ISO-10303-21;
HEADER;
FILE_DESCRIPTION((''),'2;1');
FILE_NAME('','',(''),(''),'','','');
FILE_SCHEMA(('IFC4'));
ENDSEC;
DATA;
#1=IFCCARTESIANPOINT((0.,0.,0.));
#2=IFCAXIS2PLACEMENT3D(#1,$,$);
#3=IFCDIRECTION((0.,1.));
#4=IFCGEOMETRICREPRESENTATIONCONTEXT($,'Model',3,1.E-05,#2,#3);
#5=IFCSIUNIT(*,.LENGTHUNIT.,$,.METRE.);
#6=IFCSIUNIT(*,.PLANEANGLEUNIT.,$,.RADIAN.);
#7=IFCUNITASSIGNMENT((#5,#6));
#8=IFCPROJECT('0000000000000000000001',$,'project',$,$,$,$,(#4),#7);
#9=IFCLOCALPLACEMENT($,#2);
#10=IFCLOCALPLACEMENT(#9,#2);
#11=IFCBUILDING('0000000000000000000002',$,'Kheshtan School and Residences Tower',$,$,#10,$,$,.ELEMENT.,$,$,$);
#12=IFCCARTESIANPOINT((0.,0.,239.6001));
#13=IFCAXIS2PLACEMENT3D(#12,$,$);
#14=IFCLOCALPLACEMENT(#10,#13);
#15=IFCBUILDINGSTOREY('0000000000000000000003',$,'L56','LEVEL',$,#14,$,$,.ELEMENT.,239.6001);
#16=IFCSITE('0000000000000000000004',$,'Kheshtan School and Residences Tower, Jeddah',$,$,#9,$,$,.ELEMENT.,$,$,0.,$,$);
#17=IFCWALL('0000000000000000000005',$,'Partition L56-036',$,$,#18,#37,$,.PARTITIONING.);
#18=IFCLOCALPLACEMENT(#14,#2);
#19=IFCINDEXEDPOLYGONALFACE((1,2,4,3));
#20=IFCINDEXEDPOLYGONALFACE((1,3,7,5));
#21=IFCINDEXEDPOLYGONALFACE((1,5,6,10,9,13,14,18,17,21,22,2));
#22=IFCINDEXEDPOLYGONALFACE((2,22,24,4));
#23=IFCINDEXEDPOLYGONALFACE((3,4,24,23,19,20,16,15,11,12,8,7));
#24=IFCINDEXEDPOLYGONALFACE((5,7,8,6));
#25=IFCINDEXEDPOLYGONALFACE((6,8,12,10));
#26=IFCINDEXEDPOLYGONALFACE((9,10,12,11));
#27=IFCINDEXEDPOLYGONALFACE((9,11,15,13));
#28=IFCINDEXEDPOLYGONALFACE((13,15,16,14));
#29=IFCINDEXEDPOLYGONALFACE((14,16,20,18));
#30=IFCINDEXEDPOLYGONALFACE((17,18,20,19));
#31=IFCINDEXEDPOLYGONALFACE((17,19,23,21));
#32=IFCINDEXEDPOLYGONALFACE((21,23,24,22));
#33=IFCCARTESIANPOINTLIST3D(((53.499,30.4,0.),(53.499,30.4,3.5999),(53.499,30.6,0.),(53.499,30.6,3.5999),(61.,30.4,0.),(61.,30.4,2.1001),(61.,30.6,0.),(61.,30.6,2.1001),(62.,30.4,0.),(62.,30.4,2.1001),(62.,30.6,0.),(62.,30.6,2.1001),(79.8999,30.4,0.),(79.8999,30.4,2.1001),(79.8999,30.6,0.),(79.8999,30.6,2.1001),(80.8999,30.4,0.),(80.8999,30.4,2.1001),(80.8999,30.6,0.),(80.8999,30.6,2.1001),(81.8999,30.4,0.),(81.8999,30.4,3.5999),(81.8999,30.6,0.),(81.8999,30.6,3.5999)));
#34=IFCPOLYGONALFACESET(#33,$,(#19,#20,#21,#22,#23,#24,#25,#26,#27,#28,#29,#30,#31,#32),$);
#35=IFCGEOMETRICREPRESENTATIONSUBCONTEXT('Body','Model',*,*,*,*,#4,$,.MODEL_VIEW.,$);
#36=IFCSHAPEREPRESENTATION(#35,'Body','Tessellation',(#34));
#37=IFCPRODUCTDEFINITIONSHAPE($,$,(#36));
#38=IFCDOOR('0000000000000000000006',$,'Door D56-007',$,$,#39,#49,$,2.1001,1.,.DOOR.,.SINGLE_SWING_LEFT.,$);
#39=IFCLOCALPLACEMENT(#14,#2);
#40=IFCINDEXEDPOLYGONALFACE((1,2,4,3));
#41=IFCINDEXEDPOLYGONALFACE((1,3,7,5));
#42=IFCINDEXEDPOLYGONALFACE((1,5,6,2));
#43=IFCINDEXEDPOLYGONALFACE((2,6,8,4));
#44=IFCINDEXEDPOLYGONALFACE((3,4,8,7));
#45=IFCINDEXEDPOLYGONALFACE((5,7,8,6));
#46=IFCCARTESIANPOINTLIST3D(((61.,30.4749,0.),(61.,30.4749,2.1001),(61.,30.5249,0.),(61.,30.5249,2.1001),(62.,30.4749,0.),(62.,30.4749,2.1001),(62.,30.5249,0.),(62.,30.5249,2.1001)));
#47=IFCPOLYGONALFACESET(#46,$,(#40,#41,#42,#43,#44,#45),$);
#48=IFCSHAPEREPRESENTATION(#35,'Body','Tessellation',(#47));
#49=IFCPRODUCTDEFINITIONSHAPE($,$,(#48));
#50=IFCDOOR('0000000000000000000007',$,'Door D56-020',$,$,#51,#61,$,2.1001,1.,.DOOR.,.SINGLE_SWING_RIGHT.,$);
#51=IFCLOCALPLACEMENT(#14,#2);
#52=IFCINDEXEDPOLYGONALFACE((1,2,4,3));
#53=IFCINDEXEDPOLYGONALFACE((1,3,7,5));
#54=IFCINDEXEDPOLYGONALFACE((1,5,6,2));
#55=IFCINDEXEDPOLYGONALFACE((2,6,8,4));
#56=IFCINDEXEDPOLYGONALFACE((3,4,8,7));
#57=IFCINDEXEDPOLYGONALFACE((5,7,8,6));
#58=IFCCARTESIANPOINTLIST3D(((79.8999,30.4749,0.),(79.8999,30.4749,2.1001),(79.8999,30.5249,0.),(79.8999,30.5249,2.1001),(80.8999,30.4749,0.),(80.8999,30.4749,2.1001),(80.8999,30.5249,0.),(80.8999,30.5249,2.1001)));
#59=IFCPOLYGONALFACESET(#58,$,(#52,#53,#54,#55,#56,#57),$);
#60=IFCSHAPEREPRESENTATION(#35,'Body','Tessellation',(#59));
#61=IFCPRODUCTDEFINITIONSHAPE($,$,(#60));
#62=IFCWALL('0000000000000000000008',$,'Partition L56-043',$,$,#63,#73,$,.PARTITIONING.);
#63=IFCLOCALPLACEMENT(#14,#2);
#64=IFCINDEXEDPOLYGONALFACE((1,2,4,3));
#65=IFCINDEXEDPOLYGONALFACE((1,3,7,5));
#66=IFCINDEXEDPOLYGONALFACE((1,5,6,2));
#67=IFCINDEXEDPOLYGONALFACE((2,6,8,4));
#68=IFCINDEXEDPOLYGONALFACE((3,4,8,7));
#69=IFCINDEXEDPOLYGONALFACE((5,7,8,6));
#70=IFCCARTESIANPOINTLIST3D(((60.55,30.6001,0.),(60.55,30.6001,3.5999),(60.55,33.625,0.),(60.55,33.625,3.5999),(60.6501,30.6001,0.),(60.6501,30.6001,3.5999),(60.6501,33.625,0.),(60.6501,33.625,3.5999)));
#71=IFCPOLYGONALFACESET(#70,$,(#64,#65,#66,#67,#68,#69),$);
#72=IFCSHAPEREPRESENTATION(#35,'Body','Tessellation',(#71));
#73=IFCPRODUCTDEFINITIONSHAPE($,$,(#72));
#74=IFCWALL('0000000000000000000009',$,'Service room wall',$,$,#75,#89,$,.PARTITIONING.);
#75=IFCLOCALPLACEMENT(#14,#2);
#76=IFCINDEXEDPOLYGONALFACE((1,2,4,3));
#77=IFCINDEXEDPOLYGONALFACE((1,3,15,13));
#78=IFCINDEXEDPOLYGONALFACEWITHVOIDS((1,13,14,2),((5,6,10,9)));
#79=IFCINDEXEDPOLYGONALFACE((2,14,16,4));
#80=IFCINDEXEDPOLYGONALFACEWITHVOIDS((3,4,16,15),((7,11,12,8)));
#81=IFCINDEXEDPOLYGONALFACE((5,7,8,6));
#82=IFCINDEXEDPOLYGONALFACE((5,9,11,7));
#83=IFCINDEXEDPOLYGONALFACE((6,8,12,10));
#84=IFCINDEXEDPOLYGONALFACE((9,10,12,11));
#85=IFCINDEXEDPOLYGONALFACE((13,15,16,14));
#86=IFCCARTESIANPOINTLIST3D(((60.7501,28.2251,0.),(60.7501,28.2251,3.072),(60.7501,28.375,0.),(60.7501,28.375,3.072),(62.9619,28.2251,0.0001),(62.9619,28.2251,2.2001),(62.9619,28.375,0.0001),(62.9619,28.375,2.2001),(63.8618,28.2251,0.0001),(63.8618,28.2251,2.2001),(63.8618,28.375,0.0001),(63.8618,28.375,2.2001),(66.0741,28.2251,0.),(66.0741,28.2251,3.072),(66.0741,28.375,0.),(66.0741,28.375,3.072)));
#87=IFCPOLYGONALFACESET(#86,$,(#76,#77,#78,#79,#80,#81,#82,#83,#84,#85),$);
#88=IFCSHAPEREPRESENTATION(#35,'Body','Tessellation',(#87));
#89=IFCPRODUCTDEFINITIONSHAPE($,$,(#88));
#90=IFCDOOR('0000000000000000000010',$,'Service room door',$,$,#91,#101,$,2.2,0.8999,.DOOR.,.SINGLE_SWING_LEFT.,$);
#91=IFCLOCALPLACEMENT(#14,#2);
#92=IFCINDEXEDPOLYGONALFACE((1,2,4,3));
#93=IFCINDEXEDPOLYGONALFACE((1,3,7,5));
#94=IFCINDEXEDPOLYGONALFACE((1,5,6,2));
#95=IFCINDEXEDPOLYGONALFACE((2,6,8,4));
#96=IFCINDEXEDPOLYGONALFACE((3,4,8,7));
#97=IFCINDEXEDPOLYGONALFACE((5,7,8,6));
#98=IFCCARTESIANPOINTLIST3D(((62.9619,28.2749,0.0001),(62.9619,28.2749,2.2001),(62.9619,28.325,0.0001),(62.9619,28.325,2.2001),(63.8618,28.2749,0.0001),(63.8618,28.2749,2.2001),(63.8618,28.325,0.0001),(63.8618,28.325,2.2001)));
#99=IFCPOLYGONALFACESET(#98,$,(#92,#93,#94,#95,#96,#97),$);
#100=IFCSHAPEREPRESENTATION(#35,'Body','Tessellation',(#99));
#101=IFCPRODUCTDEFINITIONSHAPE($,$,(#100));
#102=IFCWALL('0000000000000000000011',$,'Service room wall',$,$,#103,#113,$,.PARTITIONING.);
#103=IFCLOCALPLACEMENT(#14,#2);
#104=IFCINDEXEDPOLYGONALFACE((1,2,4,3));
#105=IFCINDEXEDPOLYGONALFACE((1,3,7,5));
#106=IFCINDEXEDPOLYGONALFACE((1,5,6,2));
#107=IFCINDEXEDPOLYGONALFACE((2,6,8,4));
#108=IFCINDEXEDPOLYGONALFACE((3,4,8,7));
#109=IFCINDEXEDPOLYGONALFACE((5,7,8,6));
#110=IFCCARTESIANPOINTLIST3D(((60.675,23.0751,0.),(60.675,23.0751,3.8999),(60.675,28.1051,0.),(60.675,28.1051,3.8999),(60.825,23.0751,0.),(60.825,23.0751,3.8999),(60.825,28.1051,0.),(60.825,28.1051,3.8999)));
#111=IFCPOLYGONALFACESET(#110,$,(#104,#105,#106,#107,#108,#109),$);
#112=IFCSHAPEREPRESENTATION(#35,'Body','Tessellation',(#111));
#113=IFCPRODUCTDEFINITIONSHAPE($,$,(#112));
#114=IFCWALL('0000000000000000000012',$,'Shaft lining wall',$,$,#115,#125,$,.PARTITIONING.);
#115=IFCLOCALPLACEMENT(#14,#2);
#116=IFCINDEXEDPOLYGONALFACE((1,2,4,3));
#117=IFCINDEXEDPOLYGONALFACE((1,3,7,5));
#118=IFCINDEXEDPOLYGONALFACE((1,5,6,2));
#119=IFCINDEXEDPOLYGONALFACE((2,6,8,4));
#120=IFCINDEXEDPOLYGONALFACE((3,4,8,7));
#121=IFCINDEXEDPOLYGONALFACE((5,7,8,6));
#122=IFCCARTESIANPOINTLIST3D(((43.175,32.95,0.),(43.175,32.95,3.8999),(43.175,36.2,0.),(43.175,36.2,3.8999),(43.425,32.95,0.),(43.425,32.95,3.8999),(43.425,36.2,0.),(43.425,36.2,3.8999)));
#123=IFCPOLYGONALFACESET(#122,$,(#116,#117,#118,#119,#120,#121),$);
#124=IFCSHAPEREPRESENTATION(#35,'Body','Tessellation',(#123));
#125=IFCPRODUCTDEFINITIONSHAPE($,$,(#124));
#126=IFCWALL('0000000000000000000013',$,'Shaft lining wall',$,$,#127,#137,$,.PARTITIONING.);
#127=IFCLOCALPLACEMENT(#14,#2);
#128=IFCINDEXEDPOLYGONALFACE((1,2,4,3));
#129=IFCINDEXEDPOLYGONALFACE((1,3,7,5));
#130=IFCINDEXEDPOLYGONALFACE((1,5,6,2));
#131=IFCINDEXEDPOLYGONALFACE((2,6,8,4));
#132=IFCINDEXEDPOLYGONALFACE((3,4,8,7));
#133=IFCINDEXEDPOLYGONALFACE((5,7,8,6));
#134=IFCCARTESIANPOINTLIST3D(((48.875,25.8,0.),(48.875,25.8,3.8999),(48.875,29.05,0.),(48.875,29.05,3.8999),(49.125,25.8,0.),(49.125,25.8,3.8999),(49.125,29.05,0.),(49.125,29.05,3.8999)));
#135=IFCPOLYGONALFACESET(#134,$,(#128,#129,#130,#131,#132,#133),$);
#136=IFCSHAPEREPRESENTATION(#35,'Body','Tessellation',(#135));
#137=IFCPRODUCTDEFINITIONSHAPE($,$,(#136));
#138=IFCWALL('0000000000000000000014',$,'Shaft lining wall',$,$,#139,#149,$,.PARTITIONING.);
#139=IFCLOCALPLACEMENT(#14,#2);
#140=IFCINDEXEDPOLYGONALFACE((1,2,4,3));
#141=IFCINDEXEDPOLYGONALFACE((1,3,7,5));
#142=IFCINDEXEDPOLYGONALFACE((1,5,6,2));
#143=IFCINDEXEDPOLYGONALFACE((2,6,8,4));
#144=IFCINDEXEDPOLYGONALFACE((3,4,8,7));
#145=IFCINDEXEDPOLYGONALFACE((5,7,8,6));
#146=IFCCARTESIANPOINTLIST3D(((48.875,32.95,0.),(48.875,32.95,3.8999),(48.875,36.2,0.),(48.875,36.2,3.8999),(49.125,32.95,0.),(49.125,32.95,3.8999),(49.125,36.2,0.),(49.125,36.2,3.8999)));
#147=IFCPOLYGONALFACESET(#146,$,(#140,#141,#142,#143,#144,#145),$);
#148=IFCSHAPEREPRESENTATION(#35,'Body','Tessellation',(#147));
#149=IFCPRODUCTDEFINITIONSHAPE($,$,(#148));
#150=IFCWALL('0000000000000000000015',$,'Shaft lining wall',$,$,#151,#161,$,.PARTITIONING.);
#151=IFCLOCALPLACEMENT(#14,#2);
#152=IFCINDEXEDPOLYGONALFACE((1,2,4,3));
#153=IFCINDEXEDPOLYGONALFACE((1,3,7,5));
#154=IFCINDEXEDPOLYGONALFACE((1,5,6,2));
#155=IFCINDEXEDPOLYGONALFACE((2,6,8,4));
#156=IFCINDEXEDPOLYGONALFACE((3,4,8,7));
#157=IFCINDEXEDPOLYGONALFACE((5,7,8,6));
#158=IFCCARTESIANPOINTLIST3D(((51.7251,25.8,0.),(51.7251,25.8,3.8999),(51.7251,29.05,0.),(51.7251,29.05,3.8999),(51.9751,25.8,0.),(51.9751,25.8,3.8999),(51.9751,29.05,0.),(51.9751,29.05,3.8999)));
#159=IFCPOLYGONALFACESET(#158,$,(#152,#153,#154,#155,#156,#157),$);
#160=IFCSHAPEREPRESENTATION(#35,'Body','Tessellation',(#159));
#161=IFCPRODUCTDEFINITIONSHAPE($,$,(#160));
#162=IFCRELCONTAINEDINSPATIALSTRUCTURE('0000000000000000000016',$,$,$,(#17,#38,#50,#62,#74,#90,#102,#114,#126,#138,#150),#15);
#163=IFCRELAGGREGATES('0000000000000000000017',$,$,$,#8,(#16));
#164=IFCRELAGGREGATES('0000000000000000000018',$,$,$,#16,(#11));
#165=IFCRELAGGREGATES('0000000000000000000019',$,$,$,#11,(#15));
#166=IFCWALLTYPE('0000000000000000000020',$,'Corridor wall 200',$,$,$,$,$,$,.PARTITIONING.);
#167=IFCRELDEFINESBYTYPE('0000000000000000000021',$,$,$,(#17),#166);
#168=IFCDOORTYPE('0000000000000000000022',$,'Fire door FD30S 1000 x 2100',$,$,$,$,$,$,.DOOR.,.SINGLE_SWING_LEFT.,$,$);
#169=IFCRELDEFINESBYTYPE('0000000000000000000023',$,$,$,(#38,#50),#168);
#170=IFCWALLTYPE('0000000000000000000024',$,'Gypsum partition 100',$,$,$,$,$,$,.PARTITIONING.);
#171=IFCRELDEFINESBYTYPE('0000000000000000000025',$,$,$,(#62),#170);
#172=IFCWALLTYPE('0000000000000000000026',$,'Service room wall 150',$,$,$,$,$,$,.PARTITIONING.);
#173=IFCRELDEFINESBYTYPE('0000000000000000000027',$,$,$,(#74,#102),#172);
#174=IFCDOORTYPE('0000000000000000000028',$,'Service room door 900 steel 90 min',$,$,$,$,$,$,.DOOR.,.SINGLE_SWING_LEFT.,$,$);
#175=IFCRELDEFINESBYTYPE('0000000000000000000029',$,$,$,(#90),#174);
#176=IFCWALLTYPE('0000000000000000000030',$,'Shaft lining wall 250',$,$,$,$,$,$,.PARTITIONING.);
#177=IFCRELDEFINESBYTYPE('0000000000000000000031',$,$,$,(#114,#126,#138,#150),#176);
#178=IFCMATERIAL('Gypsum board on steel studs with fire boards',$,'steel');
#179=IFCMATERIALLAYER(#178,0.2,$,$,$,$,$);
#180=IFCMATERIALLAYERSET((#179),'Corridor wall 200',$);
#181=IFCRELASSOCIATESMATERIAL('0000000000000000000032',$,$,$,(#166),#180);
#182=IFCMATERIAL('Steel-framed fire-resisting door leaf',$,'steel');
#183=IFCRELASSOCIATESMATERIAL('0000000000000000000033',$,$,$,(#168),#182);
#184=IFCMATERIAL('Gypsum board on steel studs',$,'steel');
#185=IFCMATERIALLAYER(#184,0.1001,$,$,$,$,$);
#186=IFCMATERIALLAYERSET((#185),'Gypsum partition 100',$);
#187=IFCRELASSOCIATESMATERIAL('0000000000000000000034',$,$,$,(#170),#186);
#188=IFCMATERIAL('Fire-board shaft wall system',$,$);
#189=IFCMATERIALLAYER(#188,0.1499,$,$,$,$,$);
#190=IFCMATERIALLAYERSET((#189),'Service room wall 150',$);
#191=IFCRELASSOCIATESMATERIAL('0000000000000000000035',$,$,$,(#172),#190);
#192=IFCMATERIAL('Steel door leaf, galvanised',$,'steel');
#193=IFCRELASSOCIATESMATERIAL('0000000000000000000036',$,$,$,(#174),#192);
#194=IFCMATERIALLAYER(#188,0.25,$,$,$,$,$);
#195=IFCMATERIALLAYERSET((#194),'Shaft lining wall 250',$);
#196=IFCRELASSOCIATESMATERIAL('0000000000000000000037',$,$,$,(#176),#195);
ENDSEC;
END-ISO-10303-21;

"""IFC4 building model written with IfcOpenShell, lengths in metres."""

from ifc_helpers import new_model, si_unit, direction, frame, frame_2d, origin, place, context, subcontext, project, spatial, rectangle, extrude, source, transform, mapped, material, layer, layer_set, type_object, element, fill, save


model = new_model("IFC4")

# Units and contexts
model_context = context("Model", 3, precision=1e-05, world=origin(), true_north=direction((0.0, 1.0)))
body_context = subcontext(model_context, "Body", "Model", "MODEL_VIEW")
ifc_project = project(units=[si_unit("LENGTHUNIT", "METRE"), si_unit("PLANEANGLEUNIT", "RADIAN")], contexts=[model_context])

# Site, building, storey
site_placement = place(None, origin())
site = spatial("IfcSite", under=ifc_project, at=site_placement, Name="Kheshtan School and Residences Tower, Jeddah", CompositionType="ELEMENT", RefElevation=0.0)
building_placement = place(site_placement, origin())
building = spatial("IfcBuilding", under=site, at=building_placement, Name="Kheshtan School and Residences Tower", CompositionType="ELEMENT")
storey_placement = place(building_placement, frame((0.0, 0.0, 239.6001)))
storey = spatial("IfcBuildingStorey", under=building, at=storey_placement, Name="L56", Description="LEVEL", CompositionType="ELEMENT", Elevation=239.6001)

# Shared definitions
ifc_material_1 = material(Name="Gypsum board on steel studs with fire boards", Category="steel")
ifc_layer_1 = layer(ifc_material_1, 0.2)
ifc_layer_set_1 = layer_set([ifc_layer_1], Name="Corridor wall 200")
wall_type_1 = type_object("IfcWallType", Name="Corridor wall 200", PredefinedType="PARTITIONING", material=ifc_layer_set_1)
ifc_material_2 = material(Name="Steel-framed fire-resisting door leaf", Category="steel")

# Wall, openings, doors
wall_1_placement = place(storey_placement, frame((53.499, 30.5, 0.0), z_axis=(0.0, 0.0, 1.0), x_axis=(1.0, 0.0, 0.0)))
wall_1 = element("IfcWall", 1, at=wall_1_placement, inside=storey, type_object=wall_type_1, Name="Partition L56-036", PredefinedType="PARTITIONING", context=body_context, shape_type="SweptSolid", body=[
    extrude(rectangle(XDim=28.4009, YDim=0.2, at=frame_2d((14.2004, 0.0))), origin(), (0.0, 0.0, 1.0), 3.5999),
])
opening_1_placement = place(wall_1_placement, frame((7.501, 0.0, 0.0)))
opening_1 = element("IfcOpeningElement", 2, at=opening_1_placement, cuts=wall_1, PredefinedType="OPENING", context=body_context, shape_type="SweptSolid", body=[
    extrude(rectangle(XDim=1.0, YDim=2.1001, at=frame_2d((0.5, 1.05))), frame((0.0, 0.1099, 0.0), z_axis=(0.0, -1.0, 0.0), x_axis=(1.0, 0.0, 0.0)), (0.0, 0.0, 1.0), 0.22),
])
opening_2_placement = place(wall_1_placement, frame((26.4009, 0.0, 0.0)))
opening_2 = element("IfcOpeningElement", 3, at=opening_2_placement, cuts=wall_1, PredefinedType="OPENING", context=body_context, shape_type="SweptSolid", body=[
    extrude(rectangle(XDim=1.0, YDim=2.1001, at=frame_2d((0.5, 1.05))), frame((0.0, 0.1099, 0.0), z_axis=(0.0, -1.0, 0.0), x_axis=(1.0, 0.0, 0.0)), (0.0, 0.0, 1.0), 0.22),
])
door_type_1 = type_object("IfcDoorType", Name="Fire door FD30S 1000 x 2100", OperationType="SINGLE_SWING_LEFT", PredefinedType="DOOR", material=ifc_material_2)
shared_shape_1 = source(origin(), body_context, "Body", "SweptSolid", [
    extrude(rectangle(XDim=1.0, YDim=2.1001, at=frame_2d((0.5, 1.05))), frame((0.0, 0.0249, 0.0), z_axis=(0.0, -1.0, 0.0), x_axis=(1.0, 0.0, 0.0)), (0.0, 0.0, 1.0), 0.05),
])
door_1_placement = place(opening_1_placement, origin())
door_1 = element("IfcDoor", 4, at=door_1_placement, inside=storey, type_object=door_type_1, Name="Door D56-007", OperationType="SINGLE_SWING_LEFT", OverallHeight=2.1001, OverallWidth=1.0, PredefinedType="DOOR", context=body_context, shape_type="MappedRepresentation", body=[
    mapped(shared_shape_1, transform((0.0, 0.0, 0.0), x_axis=(1.0, 0.0, 0.0), y_axis=(0.0, 1.0, 0.0), z_axis=(0.0, 0.0, 1.0), scale=1.0)),
])
fill(opening_1, door_1)
door_2_placement = place(opening_2_placement, origin())
door_2 = element("IfcDoor", 5, at=door_2_placement, inside=storey, type_object=door_type_1, Name="Door D56-020", OperationType="SINGLE_SWING_RIGHT", OverallHeight=2.1001, OverallWidth=1.0, PredefinedType="DOOR", context=body_context, shape_type="MappedRepresentation", body=[
    mapped(shared_shape_1, transform((0.0, 0.0, 0.0), x_axis=(1.0, 0.0, 0.0), y_axis=(0.0, 1.0, 0.0), z_axis=(0.0, 0.0, 1.0), scale=1.0)),
])
fill(opening_2, door_2)

# Wall
ifc_material_3 = material(Name="Gypsum board on steel studs", Category="steel")
ifc_layer_2 = layer(ifc_material_3, 0.1001)
ifc_layer_set_2 = layer_set([ifc_layer_2], Name="Gypsum partition 100")
wall_type_2 = type_object("IfcWallType", Name="Gypsum partition 100", PredefinedType="PARTITIONING", material=ifc_layer_set_2)
wall_2_placement = place(storey_placement, frame((60.6001, 30.6001, 0.0), z_axis=(0.0, 0.0, 1.0), x_axis=(0.0, 1.0, 0.0)))
element("IfcWall", 6, at=wall_2_placement, inside=storey, type_object=wall_type_2, Name="Partition L56-043", PredefinedType="PARTITIONING", context=body_context, shape_type="SweptSolid", body=[
    extrude(rectangle(XDim=3.0249, YDim=0.1001, at=frame_2d((1.5125, 0.0))), origin(), (0.0, 0.0, 1.0), 3.5999),
])

# Wall, opening, door
ifc_material_4 = material(Name="Fire-board shaft wall system")
ifc_layer_3 = layer(ifc_material_4, 0.1499)
ifc_layer_set_3 = layer_set([ifc_layer_3], Name="Service room wall 150")
wall_type_3 = type_object("IfcWallType", Name="Service room wall 150", PredefinedType="PARTITIONING", material=ifc_layer_set_3)
wall_3_placement = place(storey_placement, frame((60.75, 28.3, 0.0), z_axis=(0.0, 0.0, 1.0), x_axis=(1.0, 0.0, 0.0)))
wall_3 = element("IfcWall", 7, at=wall_3_placement, inside=storey, type_object=wall_type_3, Name="Service room wall", PredefinedType="PARTITIONING", context=body_context, shape_type="SweptSolid", body=[
    extrude(rectangle(XDim=5.324, YDim=0.1499, at=frame_2d((2.6621, 0.0))), origin(), (0.0, 0.0, 1.0), 3.072),
])
opening_3_placement = place(wall_3_placement, frame((2.2119, 0.0, 0.0)))
opening_3 = element("IfcOpeningElement", 8, at=opening_3_placement, cuts=wall_3, PredefinedType="OPENING", context=body_context, shape_type="SweptSolid", body=[
    extrude(rectangle(XDim=0.8999, YDim=2.2, at=frame_2d((0.45, 1.1001))), frame((0.0, 0.085, 0.0), z_axis=(0.0, -1.0, 0.0), x_axis=(1.0, 0.0, 0.0)), (0.0, 0.0, 1.0), 0.1699),
])
ifc_material_5 = material(Name="Steel door leaf, galvanised", Category="steel")
door_type_2 = type_object("IfcDoorType", Name="Service room door 900 steel 90 min", OperationType="SINGLE_SWING_LEFT", PredefinedType="DOOR", material=ifc_material_5)
shared_shape_2 = source(origin(), body_context, "Body", "SweptSolid", [
    extrude(rectangle(XDim=0.8999, YDim=2.2, at=frame_2d((0.45, 1.1001))), frame((0.0, 0.0249, 0.0), z_axis=(0.0, -1.0, 0.0), x_axis=(1.0, 0.0, 0.0)), (0.0, 0.0, 1.0), 0.05),
])
door_3_placement = place(opening_3_placement, origin())
door_3 = element("IfcDoor", 9, at=door_3_placement, inside=storey, type_object=door_type_2, Name="Service room door", OperationType="SINGLE_SWING_LEFT", OverallHeight=2.2, OverallWidth=0.8999, PredefinedType="DOOR", context=body_context, shape_type="MappedRepresentation", body=[
    mapped(shared_shape_2, transform((0.0, 0.0, 0.0), x_axis=(1.0, 0.0, 0.0), y_axis=(0.0, 1.0, 0.0), z_axis=(0.0, 0.0, 1.0), scale=1.0)),
])
fill(opening_3, door_3)

# Walls
wall_4_placement = place(storey_placement, frame((60.75, 23.075, 0.0), z_axis=(0.0, 0.0, 1.0), x_axis=(0.0, 1.0, 0.0)))
element("IfcWall", 10, at=wall_4_placement, inside=storey, type_object=wall_type_3, Name="Service room wall", PredefinedType="PARTITIONING", context=body_context, shape_type="SweptSolid", body=[
    extrude(rectangle(XDim=5.03, YDim=0.1499, at=frame_2d((2.5151, 0.0))), origin(), (0.0, 0.0, 1.0), 3.8999),
])
ifc_layer_4 = layer(ifc_material_4, 0.25)
ifc_layer_set_4 = layer_set([ifc_layer_4], Name="Shaft lining wall 250")
wall_type_4 = type_object("IfcWallType", Name="Shaft lining wall 250", PredefinedType="PARTITIONING", material=ifc_layer_set_4)
for number, where, z_axis, x_axis, name in (
    (11, (43.3, 32.95, 0.0), (0.0, 0.0, 1.0), (0.0, 1.0, 0.0), "Shaft lining wall"),
    (12, (49.0, 25.8, 0.0), (0.0, 0.0, 1.0), (0.0, 1.0, 0.0), "Shaft lining wall"),
    (13, (49.0, 32.95, 0.0), (0.0, 0.0, 1.0), (0.0, 1.0, 0.0), "Shaft lining wall"),
    (14, (51.8501, 25.8, 0.0), (0.0, 0.0, 1.0), (0.0, 1.0, 0.0), "Shaft lining wall"),
):
    element("IfcWall", number, at=place(storey_placement, frame(where, z_axis=z_axis, x_axis=x_axis)), inside=storey, type_object=wall_type_4, Name=name, PredefinedType="PARTITIONING", context=body_context, shape_type="SweptSolid", body=[
        extrude(rectangle(XDim=3.25, YDim=0.25, at=frame_2d((1.625, 0.0))), origin(), (0.0, 0.0, 1.0), 3.8999),
    ])

save(model, "model.ifc")
